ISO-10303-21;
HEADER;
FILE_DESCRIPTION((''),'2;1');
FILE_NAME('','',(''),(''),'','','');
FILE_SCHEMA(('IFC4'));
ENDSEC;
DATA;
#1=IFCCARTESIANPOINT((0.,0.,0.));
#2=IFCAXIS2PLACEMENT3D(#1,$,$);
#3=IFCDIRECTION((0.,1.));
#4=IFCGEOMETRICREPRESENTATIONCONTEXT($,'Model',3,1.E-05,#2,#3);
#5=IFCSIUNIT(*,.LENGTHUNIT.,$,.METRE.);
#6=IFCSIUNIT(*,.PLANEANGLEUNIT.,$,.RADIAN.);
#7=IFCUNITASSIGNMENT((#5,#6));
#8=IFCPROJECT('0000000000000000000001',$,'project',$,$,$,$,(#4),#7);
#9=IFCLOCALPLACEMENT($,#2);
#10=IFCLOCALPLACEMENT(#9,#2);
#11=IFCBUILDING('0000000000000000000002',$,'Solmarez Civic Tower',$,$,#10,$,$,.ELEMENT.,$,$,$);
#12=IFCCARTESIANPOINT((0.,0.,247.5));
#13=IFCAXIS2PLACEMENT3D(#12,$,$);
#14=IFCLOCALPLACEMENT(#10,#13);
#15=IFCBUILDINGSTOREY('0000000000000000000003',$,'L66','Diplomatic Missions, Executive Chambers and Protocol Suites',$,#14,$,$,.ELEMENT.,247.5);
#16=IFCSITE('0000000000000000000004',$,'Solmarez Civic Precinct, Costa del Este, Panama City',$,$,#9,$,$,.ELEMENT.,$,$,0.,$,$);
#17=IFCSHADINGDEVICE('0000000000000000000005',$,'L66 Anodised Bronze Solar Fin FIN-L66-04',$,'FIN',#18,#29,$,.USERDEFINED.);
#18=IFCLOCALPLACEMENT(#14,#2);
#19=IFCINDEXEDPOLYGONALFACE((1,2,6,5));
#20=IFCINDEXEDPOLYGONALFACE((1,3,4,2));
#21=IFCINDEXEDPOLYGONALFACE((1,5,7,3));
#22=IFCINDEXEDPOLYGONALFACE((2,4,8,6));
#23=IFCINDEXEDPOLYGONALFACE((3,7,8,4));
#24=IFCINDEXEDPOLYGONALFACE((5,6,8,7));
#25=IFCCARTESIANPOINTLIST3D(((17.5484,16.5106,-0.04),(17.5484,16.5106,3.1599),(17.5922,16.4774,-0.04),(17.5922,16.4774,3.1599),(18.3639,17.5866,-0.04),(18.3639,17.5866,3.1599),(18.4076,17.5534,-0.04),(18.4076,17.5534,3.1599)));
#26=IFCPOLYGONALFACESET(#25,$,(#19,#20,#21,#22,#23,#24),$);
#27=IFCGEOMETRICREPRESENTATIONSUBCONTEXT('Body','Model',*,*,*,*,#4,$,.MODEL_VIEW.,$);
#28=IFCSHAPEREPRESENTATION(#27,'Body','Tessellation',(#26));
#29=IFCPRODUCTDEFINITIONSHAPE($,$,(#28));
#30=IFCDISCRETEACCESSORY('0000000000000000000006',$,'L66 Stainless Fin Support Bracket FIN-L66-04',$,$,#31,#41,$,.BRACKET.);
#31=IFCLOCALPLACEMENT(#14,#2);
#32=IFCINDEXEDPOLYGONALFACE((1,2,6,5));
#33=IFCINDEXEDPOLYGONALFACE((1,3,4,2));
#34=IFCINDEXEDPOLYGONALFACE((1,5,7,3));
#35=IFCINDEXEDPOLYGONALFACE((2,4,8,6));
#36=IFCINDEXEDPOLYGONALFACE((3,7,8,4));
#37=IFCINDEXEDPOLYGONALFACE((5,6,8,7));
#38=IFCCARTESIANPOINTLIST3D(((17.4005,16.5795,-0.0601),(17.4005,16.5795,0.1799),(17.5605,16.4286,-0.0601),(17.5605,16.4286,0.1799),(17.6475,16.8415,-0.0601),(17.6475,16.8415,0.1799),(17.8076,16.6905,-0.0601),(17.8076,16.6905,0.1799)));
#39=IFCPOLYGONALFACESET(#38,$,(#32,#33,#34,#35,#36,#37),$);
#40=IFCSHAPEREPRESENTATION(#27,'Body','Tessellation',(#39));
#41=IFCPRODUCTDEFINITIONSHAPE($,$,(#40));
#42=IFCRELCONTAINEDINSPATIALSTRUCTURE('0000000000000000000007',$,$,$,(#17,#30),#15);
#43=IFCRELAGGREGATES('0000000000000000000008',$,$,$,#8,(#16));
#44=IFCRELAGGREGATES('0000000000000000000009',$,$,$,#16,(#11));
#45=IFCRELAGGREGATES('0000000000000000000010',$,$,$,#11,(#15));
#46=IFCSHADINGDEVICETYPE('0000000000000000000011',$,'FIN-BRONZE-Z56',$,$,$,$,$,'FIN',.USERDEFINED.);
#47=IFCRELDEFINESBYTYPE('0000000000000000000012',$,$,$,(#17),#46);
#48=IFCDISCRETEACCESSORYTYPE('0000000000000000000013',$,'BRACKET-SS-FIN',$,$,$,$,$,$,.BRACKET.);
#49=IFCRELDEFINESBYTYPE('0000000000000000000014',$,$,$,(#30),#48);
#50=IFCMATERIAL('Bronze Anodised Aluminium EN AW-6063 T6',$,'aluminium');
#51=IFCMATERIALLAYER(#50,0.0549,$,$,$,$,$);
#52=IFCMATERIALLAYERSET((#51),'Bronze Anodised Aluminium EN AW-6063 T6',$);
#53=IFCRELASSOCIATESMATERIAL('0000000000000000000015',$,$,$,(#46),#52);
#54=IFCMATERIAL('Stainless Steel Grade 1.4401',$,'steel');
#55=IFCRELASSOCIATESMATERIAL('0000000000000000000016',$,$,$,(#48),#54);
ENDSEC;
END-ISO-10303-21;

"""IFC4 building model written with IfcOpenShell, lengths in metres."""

from ifc_helpers import new_model, si_unit, direction, frame, origin, origin_2d, place, context, subcontext, project, spatial, rectangle, extrude, material, layer, layer_set, type_object, element, save


model = new_model("IFC4")

# Units and contexts
model_context = context("Model", 3, precision=1e-05, world=origin(), true_north=direction((0.0, 1.0)))
body_context = subcontext(model_context, "Body", "Model", "MODEL_VIEW")
ifc_project = project(units=[si_unit("LENGTHUNIT", "METRE"), si_unit("PLANEANGLEUNIT", "RADIAN")], contexts=[model_context])

# Site, building, storey
site_placement = place(None, origin())
site = spatial("IfcSite", under=ifc_project, at=site_placement, Name="Solmarez Civic Precinct, Costa del Este, Panama City", CompositionType="ELEMENT", RefElevation=0.0)
building_placement = place(site_placement, origin())
building = spatial("IfcBuilding", under=site, at=building_placement, Name="Solmarez Civic Tower", CompositionType="ELEMENT")
storey_placement = place(building_placement, frame((0.0, 0.0, 247.5)))
storey = spatial("IfcBuildingStorey", under=building, at=storey_placement, Name="L66", Description="Diplomatic Missions, Executive Chambers and Protocol Suites", CompositionType="ELEMENT", Elevation=247.5)

# Shared definitions
ifc_material_1 = material(Name="Bronze Anodised Aluminium EN AW-6063 T6", Category="aluminium")

# Shading device
ifc_layer_1 = layer(ifc_material_1, 0.0549)
ifc_layer_set_1 = layer_set([ifc_layer_1], Name="Bronze Anodised Aluminium EN AW-6063 T6")
shading_device_type = type_object("IfcShadingDeviceType", Name="FIN-BRONZE-Z56", ElementType="FIN", PredefinedType="USERDEFINED", material=ifc_layer_set_1)
shading_device_placement = place(storey_placement, frame((17.978, 17.032, -0.04), z_axis=(0.0, 0.0, 1.0), x_axis=(0.604001, 0.796983, 0.0)))
element("IfcShadingDevice", 1, at=shading_device_placement, inside=storey, type_object=shading_device_type, Name="L66 Anodised Bronze Solar Fin FIN-L66-04", ObjectType="FIN", PredefinedType="USERDEFINED", context=body_context, shape_type="SweptSolid", body=[
    extrude(rectangle(XDim=1.3501, YDim=0.0549, at=origin_2d()), origin(), (0.0, 0.0, 1.0), 3.2),
])

# Discrete accessory
ifc_material_2 = material(Name="Stainless Steel Grade 1.4401", Category="steel")
discrete_accessory_type = type_object("IfcDiscreteAccessoryType", Name="BRACKET-SS-FIN", PredefinedType="BRACKET", material=ifc_material_2)
discrete_accessory_placement = place(storey_placement, frame((17.604, 16.635, -0.0601), z_axis=(0.0, 0.0, 1.0), x_axis=(0.686123, 0.727485, 0.0)))
element("IfcDiscreteAccessory", 2, at=discrete_accessory_placement, inside=storey, type_object=discrete_accessory_type, Name="L66 Stainless Fin Support Bracket FIN-L66-04", PredefinedType="BRACKET", context=body_context, shape_type="SweptSolid", body=[
    extrude(rectangle(XDim=0.3601, YDim=0.22, at=origin_2d()), origin(), (0.0, 0.0, 1.0), 0.24),
])

save(model, "model.ifc")
